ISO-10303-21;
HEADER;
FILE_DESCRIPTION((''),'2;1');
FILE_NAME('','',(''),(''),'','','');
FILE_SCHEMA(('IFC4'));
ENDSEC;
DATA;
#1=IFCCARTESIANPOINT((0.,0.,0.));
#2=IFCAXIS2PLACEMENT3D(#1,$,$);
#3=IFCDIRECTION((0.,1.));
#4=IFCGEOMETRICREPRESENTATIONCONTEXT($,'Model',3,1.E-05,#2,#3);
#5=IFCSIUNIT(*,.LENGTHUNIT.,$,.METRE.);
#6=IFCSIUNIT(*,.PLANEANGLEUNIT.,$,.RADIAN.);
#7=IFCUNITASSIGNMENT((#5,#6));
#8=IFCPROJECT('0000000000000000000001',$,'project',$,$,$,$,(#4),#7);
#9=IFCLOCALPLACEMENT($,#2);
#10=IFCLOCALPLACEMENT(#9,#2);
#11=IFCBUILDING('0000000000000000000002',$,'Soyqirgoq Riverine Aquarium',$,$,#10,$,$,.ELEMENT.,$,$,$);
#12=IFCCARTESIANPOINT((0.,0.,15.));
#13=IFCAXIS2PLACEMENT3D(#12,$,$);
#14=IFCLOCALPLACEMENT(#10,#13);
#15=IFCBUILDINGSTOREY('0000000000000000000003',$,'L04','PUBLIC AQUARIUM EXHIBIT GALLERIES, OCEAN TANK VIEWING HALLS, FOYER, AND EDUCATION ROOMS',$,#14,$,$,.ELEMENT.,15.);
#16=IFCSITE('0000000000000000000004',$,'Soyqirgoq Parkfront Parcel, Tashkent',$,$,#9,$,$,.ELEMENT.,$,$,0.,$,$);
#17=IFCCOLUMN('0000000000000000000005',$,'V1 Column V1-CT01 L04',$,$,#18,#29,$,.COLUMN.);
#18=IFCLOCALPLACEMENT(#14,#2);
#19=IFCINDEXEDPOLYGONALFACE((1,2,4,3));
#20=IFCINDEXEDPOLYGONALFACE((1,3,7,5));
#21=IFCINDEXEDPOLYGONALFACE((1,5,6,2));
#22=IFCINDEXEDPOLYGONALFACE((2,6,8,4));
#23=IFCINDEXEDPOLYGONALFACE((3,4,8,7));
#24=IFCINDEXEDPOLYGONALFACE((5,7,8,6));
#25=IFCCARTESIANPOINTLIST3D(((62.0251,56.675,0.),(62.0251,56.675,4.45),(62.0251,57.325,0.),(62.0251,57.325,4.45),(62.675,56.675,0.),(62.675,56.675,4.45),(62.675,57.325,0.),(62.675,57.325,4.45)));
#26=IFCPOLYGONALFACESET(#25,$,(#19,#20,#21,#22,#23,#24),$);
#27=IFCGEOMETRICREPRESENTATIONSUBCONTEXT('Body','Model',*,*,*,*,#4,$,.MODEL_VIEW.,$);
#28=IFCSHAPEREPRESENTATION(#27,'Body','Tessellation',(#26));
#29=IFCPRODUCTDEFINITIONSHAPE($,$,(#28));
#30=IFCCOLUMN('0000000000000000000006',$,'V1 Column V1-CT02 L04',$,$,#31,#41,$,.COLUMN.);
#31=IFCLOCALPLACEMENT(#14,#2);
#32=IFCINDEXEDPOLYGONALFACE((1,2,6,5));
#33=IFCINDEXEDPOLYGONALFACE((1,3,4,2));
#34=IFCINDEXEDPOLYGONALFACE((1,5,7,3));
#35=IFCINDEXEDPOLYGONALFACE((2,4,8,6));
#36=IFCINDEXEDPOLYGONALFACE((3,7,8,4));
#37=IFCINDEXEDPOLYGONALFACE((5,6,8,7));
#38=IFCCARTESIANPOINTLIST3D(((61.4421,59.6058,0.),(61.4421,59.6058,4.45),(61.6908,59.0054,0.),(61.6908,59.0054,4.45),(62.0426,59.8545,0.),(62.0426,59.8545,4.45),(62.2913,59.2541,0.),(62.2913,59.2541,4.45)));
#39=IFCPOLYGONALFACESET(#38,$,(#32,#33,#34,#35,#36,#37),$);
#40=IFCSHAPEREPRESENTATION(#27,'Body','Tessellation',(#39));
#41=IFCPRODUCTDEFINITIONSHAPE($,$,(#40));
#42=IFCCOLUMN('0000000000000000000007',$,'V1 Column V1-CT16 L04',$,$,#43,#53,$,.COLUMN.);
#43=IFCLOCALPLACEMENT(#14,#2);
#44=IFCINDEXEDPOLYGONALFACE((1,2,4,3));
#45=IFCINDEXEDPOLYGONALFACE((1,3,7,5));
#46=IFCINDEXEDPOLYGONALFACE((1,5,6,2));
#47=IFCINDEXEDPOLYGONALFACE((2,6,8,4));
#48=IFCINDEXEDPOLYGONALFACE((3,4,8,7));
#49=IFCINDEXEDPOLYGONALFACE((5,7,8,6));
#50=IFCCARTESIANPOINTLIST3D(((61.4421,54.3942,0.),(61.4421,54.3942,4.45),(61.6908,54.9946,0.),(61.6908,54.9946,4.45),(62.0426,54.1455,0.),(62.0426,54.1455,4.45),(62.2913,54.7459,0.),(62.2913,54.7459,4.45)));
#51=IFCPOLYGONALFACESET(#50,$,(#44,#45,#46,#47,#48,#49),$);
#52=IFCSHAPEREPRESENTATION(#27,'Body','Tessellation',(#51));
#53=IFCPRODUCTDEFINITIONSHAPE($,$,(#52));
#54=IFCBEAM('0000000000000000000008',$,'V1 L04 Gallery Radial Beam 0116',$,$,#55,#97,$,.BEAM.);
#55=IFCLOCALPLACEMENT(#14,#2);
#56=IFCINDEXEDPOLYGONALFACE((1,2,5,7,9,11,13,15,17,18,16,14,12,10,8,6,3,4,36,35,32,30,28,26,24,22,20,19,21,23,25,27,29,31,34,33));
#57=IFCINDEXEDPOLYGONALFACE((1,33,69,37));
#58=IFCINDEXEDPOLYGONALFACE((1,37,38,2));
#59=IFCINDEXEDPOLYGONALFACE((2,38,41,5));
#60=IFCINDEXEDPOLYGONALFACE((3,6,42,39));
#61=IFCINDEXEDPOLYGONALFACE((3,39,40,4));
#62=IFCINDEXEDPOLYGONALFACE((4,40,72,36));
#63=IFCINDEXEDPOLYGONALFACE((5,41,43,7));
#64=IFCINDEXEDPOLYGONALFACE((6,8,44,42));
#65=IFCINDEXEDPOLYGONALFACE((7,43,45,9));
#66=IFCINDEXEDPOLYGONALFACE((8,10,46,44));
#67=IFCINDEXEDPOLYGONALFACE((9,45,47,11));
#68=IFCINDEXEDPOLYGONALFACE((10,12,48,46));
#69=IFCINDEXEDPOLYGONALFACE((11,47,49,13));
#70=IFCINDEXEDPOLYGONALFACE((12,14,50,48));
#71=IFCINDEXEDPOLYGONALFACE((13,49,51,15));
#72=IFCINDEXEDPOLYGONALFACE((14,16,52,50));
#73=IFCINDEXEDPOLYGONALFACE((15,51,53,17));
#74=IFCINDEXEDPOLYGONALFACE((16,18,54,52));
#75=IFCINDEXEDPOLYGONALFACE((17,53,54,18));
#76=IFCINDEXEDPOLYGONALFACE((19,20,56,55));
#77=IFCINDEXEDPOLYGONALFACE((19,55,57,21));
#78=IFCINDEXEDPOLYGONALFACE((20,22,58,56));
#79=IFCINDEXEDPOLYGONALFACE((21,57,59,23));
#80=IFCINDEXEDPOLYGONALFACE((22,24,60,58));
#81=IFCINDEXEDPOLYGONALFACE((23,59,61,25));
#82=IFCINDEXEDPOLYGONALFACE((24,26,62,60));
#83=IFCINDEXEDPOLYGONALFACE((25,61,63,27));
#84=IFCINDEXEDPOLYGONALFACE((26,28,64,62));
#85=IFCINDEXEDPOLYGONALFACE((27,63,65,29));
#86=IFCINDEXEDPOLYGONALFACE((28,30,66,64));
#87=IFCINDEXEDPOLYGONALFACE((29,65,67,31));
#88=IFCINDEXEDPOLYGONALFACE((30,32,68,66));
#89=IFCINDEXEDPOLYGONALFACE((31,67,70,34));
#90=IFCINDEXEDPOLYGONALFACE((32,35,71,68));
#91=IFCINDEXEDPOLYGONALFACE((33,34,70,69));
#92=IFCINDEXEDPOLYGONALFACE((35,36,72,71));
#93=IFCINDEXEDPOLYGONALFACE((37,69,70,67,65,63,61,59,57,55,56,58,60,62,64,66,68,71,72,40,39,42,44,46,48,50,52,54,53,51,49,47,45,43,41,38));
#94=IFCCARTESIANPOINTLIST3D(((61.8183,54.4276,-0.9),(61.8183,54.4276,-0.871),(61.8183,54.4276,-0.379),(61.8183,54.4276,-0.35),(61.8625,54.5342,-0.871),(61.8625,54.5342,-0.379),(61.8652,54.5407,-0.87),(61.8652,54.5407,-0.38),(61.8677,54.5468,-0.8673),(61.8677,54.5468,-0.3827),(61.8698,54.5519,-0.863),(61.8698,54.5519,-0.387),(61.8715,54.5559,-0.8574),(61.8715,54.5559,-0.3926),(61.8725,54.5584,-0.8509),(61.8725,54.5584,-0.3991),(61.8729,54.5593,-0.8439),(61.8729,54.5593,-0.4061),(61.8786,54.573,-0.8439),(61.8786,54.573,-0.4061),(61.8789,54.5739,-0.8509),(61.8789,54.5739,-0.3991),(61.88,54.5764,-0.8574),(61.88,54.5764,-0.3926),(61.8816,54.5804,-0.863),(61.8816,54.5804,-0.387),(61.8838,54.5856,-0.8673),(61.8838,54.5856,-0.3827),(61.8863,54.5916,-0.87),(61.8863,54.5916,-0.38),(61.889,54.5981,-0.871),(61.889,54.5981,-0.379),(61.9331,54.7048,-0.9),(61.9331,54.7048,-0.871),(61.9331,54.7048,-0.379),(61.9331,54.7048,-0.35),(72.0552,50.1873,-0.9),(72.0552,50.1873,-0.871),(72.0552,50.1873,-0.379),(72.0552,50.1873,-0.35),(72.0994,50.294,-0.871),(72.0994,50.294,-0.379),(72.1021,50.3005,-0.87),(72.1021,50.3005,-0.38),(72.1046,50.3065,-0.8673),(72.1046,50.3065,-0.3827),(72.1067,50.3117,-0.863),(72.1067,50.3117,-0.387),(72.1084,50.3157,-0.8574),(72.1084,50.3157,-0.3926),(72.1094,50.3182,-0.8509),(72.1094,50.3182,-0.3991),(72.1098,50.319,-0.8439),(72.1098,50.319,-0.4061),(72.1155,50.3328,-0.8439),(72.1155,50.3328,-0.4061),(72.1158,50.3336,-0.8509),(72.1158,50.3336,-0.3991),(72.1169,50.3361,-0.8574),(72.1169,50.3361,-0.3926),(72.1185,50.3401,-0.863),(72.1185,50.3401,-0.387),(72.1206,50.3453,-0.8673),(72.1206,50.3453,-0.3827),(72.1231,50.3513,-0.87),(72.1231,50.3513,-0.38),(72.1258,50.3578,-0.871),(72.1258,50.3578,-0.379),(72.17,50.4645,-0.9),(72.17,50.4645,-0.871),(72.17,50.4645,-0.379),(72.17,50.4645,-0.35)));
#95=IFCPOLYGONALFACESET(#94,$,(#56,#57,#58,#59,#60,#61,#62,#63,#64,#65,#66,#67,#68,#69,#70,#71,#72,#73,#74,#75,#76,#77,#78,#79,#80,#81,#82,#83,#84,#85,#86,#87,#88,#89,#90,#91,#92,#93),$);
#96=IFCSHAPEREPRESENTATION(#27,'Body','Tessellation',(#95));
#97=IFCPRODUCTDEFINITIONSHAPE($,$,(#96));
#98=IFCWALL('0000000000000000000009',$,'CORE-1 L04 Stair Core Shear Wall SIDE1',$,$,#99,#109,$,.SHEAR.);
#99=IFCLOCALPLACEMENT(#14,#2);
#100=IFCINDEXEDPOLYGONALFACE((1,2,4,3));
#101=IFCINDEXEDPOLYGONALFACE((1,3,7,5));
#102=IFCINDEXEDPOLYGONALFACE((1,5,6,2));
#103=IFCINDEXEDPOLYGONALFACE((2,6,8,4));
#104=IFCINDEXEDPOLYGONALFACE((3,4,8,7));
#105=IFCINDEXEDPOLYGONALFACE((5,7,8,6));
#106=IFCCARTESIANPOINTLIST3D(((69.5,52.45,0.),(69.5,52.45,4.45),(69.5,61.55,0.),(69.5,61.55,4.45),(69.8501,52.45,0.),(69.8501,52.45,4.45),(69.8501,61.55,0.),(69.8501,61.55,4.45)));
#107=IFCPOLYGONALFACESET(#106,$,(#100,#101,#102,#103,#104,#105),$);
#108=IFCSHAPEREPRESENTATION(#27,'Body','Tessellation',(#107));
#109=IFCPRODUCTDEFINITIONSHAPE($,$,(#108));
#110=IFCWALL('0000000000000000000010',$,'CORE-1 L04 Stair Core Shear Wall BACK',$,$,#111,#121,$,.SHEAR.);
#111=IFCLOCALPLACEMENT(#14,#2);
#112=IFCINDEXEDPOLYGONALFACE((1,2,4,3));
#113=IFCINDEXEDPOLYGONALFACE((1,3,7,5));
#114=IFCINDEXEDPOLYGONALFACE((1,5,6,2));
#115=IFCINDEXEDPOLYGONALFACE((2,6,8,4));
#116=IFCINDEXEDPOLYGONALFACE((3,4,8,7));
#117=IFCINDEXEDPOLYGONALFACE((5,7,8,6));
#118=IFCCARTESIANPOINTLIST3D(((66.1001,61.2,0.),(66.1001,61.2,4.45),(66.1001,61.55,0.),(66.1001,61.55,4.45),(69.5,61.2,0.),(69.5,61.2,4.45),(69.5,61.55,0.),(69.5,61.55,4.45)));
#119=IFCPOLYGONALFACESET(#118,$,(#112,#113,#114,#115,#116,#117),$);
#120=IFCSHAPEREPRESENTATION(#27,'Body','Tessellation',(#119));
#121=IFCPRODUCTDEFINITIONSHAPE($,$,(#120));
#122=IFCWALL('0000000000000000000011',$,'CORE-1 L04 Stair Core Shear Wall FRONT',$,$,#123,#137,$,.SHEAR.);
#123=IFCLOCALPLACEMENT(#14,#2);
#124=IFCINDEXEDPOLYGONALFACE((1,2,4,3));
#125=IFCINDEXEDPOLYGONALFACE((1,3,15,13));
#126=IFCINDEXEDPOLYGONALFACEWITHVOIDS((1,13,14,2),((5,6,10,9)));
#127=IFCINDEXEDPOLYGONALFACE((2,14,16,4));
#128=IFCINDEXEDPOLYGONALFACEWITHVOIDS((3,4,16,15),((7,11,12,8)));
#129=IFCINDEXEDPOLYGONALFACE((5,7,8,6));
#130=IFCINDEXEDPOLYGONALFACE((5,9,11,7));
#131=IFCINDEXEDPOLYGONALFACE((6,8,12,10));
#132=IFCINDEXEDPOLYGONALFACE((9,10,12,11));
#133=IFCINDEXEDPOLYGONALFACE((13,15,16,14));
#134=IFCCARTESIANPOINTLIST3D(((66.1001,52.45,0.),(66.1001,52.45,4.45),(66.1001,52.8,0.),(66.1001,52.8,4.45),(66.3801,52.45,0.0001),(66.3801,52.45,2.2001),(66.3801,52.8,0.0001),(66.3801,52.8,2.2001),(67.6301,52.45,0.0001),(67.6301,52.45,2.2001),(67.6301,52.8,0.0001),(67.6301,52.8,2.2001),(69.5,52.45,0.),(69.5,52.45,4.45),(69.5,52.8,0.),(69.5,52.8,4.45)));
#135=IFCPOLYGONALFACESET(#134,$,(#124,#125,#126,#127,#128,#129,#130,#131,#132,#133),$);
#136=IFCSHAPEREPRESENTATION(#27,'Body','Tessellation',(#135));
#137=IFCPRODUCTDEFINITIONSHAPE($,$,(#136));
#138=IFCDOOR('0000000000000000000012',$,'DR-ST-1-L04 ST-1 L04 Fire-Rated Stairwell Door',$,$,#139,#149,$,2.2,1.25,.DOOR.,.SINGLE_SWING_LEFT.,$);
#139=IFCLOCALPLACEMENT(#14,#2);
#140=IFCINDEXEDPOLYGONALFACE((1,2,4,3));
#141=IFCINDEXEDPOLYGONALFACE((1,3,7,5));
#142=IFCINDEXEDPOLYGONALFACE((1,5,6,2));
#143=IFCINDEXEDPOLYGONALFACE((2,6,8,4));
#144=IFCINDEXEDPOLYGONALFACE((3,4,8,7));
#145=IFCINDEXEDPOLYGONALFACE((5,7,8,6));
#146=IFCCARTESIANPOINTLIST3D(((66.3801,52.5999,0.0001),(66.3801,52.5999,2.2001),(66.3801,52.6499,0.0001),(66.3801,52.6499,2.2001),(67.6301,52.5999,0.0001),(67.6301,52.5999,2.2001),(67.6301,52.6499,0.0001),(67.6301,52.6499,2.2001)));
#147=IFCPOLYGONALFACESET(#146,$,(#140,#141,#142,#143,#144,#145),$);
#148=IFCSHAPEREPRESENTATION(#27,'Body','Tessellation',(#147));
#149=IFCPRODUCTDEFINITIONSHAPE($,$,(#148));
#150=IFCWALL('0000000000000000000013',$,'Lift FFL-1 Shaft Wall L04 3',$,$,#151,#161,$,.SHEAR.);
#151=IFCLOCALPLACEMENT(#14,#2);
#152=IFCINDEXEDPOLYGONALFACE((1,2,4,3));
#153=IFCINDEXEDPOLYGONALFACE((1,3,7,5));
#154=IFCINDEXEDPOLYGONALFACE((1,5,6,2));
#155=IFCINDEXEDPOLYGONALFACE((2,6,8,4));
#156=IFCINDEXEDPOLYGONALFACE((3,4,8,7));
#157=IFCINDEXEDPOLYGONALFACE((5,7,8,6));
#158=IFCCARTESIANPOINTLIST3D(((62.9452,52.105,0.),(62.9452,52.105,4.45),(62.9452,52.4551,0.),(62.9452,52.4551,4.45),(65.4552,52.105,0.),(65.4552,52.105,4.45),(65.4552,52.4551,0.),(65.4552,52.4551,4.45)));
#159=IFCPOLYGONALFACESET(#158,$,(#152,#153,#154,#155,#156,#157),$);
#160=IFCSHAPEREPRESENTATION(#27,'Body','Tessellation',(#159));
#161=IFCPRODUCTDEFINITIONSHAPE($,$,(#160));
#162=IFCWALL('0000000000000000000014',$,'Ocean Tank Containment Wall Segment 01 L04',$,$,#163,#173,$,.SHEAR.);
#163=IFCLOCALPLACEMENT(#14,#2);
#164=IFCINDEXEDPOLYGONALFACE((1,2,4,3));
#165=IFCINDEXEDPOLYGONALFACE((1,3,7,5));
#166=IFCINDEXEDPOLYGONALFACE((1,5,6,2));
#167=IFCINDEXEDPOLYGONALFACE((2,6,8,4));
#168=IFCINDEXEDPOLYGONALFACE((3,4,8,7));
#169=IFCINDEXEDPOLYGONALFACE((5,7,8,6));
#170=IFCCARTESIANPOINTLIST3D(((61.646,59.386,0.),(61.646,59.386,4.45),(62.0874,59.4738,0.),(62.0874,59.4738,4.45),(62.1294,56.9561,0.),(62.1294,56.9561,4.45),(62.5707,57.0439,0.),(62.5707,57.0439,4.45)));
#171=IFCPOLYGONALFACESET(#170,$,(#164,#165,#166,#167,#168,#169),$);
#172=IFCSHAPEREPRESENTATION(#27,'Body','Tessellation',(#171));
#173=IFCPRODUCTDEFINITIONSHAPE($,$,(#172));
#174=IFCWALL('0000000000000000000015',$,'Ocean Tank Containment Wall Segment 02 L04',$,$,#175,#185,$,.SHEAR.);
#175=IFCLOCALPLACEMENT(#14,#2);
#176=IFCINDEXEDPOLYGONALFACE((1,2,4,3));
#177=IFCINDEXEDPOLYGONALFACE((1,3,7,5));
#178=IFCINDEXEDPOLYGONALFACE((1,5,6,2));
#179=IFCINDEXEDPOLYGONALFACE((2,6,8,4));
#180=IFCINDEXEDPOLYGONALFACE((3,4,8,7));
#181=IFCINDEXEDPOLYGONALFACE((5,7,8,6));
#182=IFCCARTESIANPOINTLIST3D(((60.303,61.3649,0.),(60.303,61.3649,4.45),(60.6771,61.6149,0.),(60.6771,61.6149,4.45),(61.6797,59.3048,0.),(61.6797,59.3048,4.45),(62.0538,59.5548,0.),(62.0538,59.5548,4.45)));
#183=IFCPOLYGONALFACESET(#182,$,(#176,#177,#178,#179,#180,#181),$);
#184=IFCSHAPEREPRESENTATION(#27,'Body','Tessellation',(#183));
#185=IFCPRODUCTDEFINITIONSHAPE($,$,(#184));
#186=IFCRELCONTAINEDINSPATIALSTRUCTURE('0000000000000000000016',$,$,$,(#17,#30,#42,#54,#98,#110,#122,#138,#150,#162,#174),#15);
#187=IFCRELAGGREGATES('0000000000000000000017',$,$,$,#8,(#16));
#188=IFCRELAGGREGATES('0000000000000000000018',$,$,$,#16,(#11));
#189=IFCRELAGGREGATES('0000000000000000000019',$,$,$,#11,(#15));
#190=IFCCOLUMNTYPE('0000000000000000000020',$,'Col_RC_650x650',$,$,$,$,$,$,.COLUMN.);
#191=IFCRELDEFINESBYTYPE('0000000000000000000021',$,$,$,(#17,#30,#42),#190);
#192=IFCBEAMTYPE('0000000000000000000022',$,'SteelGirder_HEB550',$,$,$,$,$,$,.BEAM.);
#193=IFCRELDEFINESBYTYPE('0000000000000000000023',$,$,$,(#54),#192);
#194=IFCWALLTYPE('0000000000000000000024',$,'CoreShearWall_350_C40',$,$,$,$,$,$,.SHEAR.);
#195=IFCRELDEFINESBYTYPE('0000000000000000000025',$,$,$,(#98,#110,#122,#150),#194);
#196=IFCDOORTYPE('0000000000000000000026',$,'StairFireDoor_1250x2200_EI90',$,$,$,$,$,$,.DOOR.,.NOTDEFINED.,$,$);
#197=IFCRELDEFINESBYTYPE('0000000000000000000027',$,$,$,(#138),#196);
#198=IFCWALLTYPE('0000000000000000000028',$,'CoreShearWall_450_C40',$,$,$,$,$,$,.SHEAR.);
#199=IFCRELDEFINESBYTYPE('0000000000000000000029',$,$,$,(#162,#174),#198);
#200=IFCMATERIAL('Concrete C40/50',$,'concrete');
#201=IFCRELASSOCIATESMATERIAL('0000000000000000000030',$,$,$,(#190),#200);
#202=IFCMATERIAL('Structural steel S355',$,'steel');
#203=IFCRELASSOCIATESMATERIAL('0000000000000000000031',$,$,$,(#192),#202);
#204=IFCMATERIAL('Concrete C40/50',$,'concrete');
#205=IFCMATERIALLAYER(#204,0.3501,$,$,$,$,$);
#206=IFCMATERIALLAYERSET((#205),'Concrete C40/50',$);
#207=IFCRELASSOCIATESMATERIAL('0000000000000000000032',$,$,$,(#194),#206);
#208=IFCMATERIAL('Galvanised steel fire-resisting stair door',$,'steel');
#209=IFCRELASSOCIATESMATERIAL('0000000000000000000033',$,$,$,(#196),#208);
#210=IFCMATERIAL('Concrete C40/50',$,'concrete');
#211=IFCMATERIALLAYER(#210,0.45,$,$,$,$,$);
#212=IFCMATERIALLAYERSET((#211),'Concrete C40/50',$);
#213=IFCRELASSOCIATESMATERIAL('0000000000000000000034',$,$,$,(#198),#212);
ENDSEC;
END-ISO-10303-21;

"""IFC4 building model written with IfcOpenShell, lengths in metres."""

from ifc_helpers import new_model, si_unit, direction, frame, frame_2d, origin, origin_2d, place, context, subcontext, project, spatial, rectangle, i_section, extrude, material, layer, layer_set, material_profile, profile_set, type_object, element, fill, save


model = new_model("IFC4")

# Units and contexts
model_context = context("Model", 3, precision=1e-05, world=origin(), true_north=direction((0.0, 1.0)))
body_context = subcontext(model_context, "Body", "Model", "MODEL_VIEW")
ifc_project = project(units=[si_unit("LENGTHUNIT", "METRE"), si_unit("PLANEANGLEUNIT", "RADIAN")], contexts=[model_context])

# Site, building, storey
site_placement = place(None, origin())
site = spatial("IfcSite", under=ifc_project, at=site_placement, Name="Soyqirgoq Parkfront Parcel, Tashkent", CompositionType="ELEMENT", RefElevation=0.0)
building_placement = place(site_placement, origin())
building = spatial("IfcBuilding", under=site, at=building_placement, Name="Soyqirgoq Riverine Aquarium", CompositionType="ELEMENT")
storey_placement = place(building_placement, frame((0.0, 0.0, 15.0)))
storey = spatial("IfcBuildingStorey", under=building, at=storey_placement, Name="L04", Description="PUBLIC AQUARIUM EXHIBIT GALLERIES, OCEAN TANK VIEWING HALLS, FOYER, AND EDUCATION ROOMS", CompositionType="ELEMENT", Elevation=15.0)

# Columns
ifc_material_1 = material(Name="Concrete C40/50", Category="concrete")
ifc_material_profile_1 = material_profile(ifc_material_1, rectangle(XDim=0.6499, YDim=0.6499, at=origin_2d()), Name="RC 650x650")
ifc_profile_set_1 = profile_set([ifc_material_profile_1], Name="Concrete C40/50")
column_type = type_object("IfcColumnType", Name="Col_RC_650x650", PredefinedType="COLUMN", material=ifc_profile_set_1)
for number, where, z_axis, x_axis, name in (
    (1, (62.3501, 57.0, 0.0), (0.0, 0.0, 1.0), (1.0, 0.0, 0.0), "V1 Column V1-CT01 L04"),
    (2, (61.8667, 59.4299, 0.0), (0.0, 0.0, 1.0), (0.92388, 0.382683, 0.0), "V1 Column V1-CT02 L04"),
    (3, (61.8667, 54.5701, 0.0), (0.0, 0.0, 1.0), (0.92388, -0.382683, 0.0), "V1 Column V1-CT16 L04"),
):
    element("IfcColumn", number, at=place(storey_placement, frame(where, z_axis=z_axis, x_axis=x_axis)), inside=storey, type_object=column_type, Name=name, PredefinedType="COLUMN", context=body_context, shape_type="SweptSolid", body=[
        extrude(rectangle(XDim=0.6499, YDim=0.6499, at=origin_2d()), origin(), (0.0, 0.0, 1.0), 4.45),
    ])

# Beam
ifc_material_2 = material(Name="Structural steel S355", Category="steel")
ifc_material_profile_2 = material_profile(ifc_material_2, i_section(OverallWidth=0.3, OverallDepth=0.55, WebThickness=0.0149, FlangeThickness=0.0291, FilletRadius=0.0271, at=origin_2d()), Name="HEB 550")
ifc_profile_set_2 = profile_set([ifc_material_profile_2], Name="Structural steel S355")
beam_type = type_object("IfcBeamType", Name="SteelGirder_HEB550", PredefinedType="BEAM", material=ifc_profile_set_2)
beam_placement = place(storey_placement, frame((61.8757, 54.5662, -0.625), z_axis=(0.923879, -0.382684, 0.0), x_axis=(0.382684, 0.923879, 0.0)))
element("IfcBeam", 4, at=beam_placement, inside=storey, type_object=beam_type, Name="V1 L04 Gallery Radial Beam 0116", PredefinedType="BEAM", context=body_context, shape_type="SweptSolid", body=[
    extrude(i_section(OverallWidth=0.3, OverallDepth=0.55, WebThickness=0.0149, FlangeThickness=0.0291, FilletRadius=0.0271, at=origin_2d()), origin(), (0.0, 0.0, 1.0), 11.0803),
])

# Walls
ifc_material_3 = material(Name="Concrete C40/50", Category="concrete")
ifc_layer_1 = layer(ifc_material_3, 0.3501)
ifc_layer_set_1 = layer_set([ifc_layer_1], Name="Concrete C40/50")
wall_type_1 = type_object("IfcWallType", Name="CoreShearWall_350_C40", PredefinedType="SHEAR", material=ifc_layer_set_1)
wall_1_placement = place(storey_placement, frame((69.675, 52.45, 0.0), z_axis=(0.0, 0.0, 1.0), x_axis=(0.0, 1.0, 0.0)))
element("IfcWall", 5, at=wall_1_placement, inside=storey, type_object=wall_type_1, Name="CORE-1 L04 Stair Core Shear Wall SIDE1", PredefinedType="SHEAR", context=body_context, shape_type="SweptSolid", body=[
    extrude(rectangle(XDim=9.1001, YDim=0.3501, at=frame_2d((4.55, 0.0))), origin(), (0.0, 0.0, 1.0), 4.45),
])
wall_2_placement = place(storey_placement, frame((69.5, 61.375, 0.0), z_axis=(0.0, 0.0, 1.0), x_axis=(-1.0, 0.0, 0.0)))
element("IfcWall", 6, at=wall_2_placement, inside=storey, type_object=wall_type_1, Name="CORE-1 L04 Stair Core Shear Wall BACK", PredefinedType="SHEAR", context=body_context, shape_type="SweptSolid", body=[
    extrude(rectangle(XDim=3.3999, YDim=0.3501, at=frame_2d((1.7, 0.0))), origin(), (0.0, 0.0, 1.0), 4.45),
])

# Wall, opening, door
wall_3_placement = place(storey_placement, frame((66.1001, 52.625, 0.0), z_axis=(0.0, 0.0, 1.0), x_axis=(1.0, 0.0, 0.0)))
wall_3 = element("IfcWall", 7, at=wall_3_placement, inside=storey, type_object=wall_type_1, Name="CORE-1 L04 Stair Core Shear Wall FRONT", PredefinedType="SHEAR", context=body_context, shape_type="SweptSolid", body=[
    extrude(rectangle(XDim=3.3999, YDim=0.3501, at=frame_2d((1.7, 0.0))), origin(), (0.0, 0.0, 1.0), 4.45),
])
opening_placement = place(wall_3_placement, frame((0.28, 0.0, 0.0)))
opening = element("IfcOpeningElement", 8, at=opening_placement, cuts=wall_3, PredefinedType="OPENING", context=body_context, shape_type="SweptSolid", body=[
    extrude(rectangle(XDim=1.25, YDim=2.2, at=frame_2d((0.625, 1.1001))), frame((0.0, 0.1851, 0.0), z_axis=(0.0, -1.0, 0.0), x_axis=(1.0, 0.0, 0.0)), (0.0, 0.0, 1.0), 0.3701),
])
ifc_material_4 = material(Name="Galvanised steel fire-resisting stair door", Category="steel")
door_type = type_object("IfcDoorType", Name="StairFireDoor_1250x2200_EI90", OperationType="NOTDEFINED", PredefinedType="DOOR", material=ifc_material_4)
door_placement = place(opening_placement, origin())
door = element("IfcDoor", 9, at=door_placement, inside=storey, type_object=door_type, Name="DR-ST-1-L04 ST-1 L04 Fire-Rated Stairwell Door", OperationType="SINGLE_SWING_LEFT", OverallHeight=2.2, OverallWidth=1.25, PredefinedType="DOOR", context=body_context, shape_type="SweptSolid", body=[
    extrude(rectangle(XDim=1.25, YDim=2.2, at=frame_2d((0.625, 1.1001))), frame((0.0, 0.0249, 0.0), z_axis=(0.0, -1.0, 0.0), x_axis=(1.0, 0.0, 0.0)), (0.0, 0.0, 1.0), 0.05),
])
fill(opening, door)

# Walls
wall_4_placement = place(storey_placement, frame((65.4551, 52.28, 0.0), z_axis=(0.0, 0.0, 1.0), x_axis=(-1.0, 0.0, 0.0)))
element("IfcWall", 10, at=wall_4_placement, inside=storey, type_object=wall_type_1, Name="Lift FFL-1 Shaft Wall L04 3", PredefinedType="SHEAR", context=body_context, shape_type="SweptSolid", body=[
    extrude(rectangle(XDim=2.51, YDim=0.3501, at=frame_2d((1.2549, 0.0))), origin(), (0.0, 0.0, 1.0), 4.45),
])
ifc_material_5 = material(Name="Concrete C40/50", Category="concrete")
ifc_layer_2 = layer(ifc_material_5, 0.45)
ifc_layer_set_2 = layer_set([ifc_layer_2], Name="Concrete C40/50")
wall_type_2 = type_object("IfcWallType", Name="CoreShearWall_450_C40", PredefinedType="SHEAR", material=ifc_layer_set_2)
wall_5_placement = place(storey_placement, frame((62.3501, 57.0, 0.0), z_axis=(0.0, 0.0, 1.0), x_axis=(-0.195112, 0.980781, 0.0)))
element("IfcWall", 11, at=wall_5_placement, inside=storey, type_object=wall_type_2, Name="Ocean Tank Containment Wall Segment 01 L04", PredefinedType="SHEAR", context=body_context, shape_type="SweptSolid", body=[
    extrude(rectangle(XDim=2.4775, YDim=0.45, at=frame_2d((1.2388, 0.0))), origin(), (0.0, 0.0, 1.0), 4.45),
])
wall_6_placement = place(storey_placement, frame((61.8667, 59.4299, 0.0), z_axis=(0.0, 0.0, 1.0), x_axis=(-0.555632, 0.831428, 0.0)))
element("IfcWall", 12, at=wall_6_placement, inside=storey, type_object=wall_type_2, Name="Ocean Tank Containment Wall Segment 02 L04", PredefinedType="SHEAR", context=body_context, shape_type="SweptSolid", body=[
    extrude(rectangle(XDim=2.4778, YDim=0.45, at=frame_2d((1.2388, 0.0))), origin(), (0.0, 0.0, 1.0), 4.45),
])

save(model, "model.ifc")
